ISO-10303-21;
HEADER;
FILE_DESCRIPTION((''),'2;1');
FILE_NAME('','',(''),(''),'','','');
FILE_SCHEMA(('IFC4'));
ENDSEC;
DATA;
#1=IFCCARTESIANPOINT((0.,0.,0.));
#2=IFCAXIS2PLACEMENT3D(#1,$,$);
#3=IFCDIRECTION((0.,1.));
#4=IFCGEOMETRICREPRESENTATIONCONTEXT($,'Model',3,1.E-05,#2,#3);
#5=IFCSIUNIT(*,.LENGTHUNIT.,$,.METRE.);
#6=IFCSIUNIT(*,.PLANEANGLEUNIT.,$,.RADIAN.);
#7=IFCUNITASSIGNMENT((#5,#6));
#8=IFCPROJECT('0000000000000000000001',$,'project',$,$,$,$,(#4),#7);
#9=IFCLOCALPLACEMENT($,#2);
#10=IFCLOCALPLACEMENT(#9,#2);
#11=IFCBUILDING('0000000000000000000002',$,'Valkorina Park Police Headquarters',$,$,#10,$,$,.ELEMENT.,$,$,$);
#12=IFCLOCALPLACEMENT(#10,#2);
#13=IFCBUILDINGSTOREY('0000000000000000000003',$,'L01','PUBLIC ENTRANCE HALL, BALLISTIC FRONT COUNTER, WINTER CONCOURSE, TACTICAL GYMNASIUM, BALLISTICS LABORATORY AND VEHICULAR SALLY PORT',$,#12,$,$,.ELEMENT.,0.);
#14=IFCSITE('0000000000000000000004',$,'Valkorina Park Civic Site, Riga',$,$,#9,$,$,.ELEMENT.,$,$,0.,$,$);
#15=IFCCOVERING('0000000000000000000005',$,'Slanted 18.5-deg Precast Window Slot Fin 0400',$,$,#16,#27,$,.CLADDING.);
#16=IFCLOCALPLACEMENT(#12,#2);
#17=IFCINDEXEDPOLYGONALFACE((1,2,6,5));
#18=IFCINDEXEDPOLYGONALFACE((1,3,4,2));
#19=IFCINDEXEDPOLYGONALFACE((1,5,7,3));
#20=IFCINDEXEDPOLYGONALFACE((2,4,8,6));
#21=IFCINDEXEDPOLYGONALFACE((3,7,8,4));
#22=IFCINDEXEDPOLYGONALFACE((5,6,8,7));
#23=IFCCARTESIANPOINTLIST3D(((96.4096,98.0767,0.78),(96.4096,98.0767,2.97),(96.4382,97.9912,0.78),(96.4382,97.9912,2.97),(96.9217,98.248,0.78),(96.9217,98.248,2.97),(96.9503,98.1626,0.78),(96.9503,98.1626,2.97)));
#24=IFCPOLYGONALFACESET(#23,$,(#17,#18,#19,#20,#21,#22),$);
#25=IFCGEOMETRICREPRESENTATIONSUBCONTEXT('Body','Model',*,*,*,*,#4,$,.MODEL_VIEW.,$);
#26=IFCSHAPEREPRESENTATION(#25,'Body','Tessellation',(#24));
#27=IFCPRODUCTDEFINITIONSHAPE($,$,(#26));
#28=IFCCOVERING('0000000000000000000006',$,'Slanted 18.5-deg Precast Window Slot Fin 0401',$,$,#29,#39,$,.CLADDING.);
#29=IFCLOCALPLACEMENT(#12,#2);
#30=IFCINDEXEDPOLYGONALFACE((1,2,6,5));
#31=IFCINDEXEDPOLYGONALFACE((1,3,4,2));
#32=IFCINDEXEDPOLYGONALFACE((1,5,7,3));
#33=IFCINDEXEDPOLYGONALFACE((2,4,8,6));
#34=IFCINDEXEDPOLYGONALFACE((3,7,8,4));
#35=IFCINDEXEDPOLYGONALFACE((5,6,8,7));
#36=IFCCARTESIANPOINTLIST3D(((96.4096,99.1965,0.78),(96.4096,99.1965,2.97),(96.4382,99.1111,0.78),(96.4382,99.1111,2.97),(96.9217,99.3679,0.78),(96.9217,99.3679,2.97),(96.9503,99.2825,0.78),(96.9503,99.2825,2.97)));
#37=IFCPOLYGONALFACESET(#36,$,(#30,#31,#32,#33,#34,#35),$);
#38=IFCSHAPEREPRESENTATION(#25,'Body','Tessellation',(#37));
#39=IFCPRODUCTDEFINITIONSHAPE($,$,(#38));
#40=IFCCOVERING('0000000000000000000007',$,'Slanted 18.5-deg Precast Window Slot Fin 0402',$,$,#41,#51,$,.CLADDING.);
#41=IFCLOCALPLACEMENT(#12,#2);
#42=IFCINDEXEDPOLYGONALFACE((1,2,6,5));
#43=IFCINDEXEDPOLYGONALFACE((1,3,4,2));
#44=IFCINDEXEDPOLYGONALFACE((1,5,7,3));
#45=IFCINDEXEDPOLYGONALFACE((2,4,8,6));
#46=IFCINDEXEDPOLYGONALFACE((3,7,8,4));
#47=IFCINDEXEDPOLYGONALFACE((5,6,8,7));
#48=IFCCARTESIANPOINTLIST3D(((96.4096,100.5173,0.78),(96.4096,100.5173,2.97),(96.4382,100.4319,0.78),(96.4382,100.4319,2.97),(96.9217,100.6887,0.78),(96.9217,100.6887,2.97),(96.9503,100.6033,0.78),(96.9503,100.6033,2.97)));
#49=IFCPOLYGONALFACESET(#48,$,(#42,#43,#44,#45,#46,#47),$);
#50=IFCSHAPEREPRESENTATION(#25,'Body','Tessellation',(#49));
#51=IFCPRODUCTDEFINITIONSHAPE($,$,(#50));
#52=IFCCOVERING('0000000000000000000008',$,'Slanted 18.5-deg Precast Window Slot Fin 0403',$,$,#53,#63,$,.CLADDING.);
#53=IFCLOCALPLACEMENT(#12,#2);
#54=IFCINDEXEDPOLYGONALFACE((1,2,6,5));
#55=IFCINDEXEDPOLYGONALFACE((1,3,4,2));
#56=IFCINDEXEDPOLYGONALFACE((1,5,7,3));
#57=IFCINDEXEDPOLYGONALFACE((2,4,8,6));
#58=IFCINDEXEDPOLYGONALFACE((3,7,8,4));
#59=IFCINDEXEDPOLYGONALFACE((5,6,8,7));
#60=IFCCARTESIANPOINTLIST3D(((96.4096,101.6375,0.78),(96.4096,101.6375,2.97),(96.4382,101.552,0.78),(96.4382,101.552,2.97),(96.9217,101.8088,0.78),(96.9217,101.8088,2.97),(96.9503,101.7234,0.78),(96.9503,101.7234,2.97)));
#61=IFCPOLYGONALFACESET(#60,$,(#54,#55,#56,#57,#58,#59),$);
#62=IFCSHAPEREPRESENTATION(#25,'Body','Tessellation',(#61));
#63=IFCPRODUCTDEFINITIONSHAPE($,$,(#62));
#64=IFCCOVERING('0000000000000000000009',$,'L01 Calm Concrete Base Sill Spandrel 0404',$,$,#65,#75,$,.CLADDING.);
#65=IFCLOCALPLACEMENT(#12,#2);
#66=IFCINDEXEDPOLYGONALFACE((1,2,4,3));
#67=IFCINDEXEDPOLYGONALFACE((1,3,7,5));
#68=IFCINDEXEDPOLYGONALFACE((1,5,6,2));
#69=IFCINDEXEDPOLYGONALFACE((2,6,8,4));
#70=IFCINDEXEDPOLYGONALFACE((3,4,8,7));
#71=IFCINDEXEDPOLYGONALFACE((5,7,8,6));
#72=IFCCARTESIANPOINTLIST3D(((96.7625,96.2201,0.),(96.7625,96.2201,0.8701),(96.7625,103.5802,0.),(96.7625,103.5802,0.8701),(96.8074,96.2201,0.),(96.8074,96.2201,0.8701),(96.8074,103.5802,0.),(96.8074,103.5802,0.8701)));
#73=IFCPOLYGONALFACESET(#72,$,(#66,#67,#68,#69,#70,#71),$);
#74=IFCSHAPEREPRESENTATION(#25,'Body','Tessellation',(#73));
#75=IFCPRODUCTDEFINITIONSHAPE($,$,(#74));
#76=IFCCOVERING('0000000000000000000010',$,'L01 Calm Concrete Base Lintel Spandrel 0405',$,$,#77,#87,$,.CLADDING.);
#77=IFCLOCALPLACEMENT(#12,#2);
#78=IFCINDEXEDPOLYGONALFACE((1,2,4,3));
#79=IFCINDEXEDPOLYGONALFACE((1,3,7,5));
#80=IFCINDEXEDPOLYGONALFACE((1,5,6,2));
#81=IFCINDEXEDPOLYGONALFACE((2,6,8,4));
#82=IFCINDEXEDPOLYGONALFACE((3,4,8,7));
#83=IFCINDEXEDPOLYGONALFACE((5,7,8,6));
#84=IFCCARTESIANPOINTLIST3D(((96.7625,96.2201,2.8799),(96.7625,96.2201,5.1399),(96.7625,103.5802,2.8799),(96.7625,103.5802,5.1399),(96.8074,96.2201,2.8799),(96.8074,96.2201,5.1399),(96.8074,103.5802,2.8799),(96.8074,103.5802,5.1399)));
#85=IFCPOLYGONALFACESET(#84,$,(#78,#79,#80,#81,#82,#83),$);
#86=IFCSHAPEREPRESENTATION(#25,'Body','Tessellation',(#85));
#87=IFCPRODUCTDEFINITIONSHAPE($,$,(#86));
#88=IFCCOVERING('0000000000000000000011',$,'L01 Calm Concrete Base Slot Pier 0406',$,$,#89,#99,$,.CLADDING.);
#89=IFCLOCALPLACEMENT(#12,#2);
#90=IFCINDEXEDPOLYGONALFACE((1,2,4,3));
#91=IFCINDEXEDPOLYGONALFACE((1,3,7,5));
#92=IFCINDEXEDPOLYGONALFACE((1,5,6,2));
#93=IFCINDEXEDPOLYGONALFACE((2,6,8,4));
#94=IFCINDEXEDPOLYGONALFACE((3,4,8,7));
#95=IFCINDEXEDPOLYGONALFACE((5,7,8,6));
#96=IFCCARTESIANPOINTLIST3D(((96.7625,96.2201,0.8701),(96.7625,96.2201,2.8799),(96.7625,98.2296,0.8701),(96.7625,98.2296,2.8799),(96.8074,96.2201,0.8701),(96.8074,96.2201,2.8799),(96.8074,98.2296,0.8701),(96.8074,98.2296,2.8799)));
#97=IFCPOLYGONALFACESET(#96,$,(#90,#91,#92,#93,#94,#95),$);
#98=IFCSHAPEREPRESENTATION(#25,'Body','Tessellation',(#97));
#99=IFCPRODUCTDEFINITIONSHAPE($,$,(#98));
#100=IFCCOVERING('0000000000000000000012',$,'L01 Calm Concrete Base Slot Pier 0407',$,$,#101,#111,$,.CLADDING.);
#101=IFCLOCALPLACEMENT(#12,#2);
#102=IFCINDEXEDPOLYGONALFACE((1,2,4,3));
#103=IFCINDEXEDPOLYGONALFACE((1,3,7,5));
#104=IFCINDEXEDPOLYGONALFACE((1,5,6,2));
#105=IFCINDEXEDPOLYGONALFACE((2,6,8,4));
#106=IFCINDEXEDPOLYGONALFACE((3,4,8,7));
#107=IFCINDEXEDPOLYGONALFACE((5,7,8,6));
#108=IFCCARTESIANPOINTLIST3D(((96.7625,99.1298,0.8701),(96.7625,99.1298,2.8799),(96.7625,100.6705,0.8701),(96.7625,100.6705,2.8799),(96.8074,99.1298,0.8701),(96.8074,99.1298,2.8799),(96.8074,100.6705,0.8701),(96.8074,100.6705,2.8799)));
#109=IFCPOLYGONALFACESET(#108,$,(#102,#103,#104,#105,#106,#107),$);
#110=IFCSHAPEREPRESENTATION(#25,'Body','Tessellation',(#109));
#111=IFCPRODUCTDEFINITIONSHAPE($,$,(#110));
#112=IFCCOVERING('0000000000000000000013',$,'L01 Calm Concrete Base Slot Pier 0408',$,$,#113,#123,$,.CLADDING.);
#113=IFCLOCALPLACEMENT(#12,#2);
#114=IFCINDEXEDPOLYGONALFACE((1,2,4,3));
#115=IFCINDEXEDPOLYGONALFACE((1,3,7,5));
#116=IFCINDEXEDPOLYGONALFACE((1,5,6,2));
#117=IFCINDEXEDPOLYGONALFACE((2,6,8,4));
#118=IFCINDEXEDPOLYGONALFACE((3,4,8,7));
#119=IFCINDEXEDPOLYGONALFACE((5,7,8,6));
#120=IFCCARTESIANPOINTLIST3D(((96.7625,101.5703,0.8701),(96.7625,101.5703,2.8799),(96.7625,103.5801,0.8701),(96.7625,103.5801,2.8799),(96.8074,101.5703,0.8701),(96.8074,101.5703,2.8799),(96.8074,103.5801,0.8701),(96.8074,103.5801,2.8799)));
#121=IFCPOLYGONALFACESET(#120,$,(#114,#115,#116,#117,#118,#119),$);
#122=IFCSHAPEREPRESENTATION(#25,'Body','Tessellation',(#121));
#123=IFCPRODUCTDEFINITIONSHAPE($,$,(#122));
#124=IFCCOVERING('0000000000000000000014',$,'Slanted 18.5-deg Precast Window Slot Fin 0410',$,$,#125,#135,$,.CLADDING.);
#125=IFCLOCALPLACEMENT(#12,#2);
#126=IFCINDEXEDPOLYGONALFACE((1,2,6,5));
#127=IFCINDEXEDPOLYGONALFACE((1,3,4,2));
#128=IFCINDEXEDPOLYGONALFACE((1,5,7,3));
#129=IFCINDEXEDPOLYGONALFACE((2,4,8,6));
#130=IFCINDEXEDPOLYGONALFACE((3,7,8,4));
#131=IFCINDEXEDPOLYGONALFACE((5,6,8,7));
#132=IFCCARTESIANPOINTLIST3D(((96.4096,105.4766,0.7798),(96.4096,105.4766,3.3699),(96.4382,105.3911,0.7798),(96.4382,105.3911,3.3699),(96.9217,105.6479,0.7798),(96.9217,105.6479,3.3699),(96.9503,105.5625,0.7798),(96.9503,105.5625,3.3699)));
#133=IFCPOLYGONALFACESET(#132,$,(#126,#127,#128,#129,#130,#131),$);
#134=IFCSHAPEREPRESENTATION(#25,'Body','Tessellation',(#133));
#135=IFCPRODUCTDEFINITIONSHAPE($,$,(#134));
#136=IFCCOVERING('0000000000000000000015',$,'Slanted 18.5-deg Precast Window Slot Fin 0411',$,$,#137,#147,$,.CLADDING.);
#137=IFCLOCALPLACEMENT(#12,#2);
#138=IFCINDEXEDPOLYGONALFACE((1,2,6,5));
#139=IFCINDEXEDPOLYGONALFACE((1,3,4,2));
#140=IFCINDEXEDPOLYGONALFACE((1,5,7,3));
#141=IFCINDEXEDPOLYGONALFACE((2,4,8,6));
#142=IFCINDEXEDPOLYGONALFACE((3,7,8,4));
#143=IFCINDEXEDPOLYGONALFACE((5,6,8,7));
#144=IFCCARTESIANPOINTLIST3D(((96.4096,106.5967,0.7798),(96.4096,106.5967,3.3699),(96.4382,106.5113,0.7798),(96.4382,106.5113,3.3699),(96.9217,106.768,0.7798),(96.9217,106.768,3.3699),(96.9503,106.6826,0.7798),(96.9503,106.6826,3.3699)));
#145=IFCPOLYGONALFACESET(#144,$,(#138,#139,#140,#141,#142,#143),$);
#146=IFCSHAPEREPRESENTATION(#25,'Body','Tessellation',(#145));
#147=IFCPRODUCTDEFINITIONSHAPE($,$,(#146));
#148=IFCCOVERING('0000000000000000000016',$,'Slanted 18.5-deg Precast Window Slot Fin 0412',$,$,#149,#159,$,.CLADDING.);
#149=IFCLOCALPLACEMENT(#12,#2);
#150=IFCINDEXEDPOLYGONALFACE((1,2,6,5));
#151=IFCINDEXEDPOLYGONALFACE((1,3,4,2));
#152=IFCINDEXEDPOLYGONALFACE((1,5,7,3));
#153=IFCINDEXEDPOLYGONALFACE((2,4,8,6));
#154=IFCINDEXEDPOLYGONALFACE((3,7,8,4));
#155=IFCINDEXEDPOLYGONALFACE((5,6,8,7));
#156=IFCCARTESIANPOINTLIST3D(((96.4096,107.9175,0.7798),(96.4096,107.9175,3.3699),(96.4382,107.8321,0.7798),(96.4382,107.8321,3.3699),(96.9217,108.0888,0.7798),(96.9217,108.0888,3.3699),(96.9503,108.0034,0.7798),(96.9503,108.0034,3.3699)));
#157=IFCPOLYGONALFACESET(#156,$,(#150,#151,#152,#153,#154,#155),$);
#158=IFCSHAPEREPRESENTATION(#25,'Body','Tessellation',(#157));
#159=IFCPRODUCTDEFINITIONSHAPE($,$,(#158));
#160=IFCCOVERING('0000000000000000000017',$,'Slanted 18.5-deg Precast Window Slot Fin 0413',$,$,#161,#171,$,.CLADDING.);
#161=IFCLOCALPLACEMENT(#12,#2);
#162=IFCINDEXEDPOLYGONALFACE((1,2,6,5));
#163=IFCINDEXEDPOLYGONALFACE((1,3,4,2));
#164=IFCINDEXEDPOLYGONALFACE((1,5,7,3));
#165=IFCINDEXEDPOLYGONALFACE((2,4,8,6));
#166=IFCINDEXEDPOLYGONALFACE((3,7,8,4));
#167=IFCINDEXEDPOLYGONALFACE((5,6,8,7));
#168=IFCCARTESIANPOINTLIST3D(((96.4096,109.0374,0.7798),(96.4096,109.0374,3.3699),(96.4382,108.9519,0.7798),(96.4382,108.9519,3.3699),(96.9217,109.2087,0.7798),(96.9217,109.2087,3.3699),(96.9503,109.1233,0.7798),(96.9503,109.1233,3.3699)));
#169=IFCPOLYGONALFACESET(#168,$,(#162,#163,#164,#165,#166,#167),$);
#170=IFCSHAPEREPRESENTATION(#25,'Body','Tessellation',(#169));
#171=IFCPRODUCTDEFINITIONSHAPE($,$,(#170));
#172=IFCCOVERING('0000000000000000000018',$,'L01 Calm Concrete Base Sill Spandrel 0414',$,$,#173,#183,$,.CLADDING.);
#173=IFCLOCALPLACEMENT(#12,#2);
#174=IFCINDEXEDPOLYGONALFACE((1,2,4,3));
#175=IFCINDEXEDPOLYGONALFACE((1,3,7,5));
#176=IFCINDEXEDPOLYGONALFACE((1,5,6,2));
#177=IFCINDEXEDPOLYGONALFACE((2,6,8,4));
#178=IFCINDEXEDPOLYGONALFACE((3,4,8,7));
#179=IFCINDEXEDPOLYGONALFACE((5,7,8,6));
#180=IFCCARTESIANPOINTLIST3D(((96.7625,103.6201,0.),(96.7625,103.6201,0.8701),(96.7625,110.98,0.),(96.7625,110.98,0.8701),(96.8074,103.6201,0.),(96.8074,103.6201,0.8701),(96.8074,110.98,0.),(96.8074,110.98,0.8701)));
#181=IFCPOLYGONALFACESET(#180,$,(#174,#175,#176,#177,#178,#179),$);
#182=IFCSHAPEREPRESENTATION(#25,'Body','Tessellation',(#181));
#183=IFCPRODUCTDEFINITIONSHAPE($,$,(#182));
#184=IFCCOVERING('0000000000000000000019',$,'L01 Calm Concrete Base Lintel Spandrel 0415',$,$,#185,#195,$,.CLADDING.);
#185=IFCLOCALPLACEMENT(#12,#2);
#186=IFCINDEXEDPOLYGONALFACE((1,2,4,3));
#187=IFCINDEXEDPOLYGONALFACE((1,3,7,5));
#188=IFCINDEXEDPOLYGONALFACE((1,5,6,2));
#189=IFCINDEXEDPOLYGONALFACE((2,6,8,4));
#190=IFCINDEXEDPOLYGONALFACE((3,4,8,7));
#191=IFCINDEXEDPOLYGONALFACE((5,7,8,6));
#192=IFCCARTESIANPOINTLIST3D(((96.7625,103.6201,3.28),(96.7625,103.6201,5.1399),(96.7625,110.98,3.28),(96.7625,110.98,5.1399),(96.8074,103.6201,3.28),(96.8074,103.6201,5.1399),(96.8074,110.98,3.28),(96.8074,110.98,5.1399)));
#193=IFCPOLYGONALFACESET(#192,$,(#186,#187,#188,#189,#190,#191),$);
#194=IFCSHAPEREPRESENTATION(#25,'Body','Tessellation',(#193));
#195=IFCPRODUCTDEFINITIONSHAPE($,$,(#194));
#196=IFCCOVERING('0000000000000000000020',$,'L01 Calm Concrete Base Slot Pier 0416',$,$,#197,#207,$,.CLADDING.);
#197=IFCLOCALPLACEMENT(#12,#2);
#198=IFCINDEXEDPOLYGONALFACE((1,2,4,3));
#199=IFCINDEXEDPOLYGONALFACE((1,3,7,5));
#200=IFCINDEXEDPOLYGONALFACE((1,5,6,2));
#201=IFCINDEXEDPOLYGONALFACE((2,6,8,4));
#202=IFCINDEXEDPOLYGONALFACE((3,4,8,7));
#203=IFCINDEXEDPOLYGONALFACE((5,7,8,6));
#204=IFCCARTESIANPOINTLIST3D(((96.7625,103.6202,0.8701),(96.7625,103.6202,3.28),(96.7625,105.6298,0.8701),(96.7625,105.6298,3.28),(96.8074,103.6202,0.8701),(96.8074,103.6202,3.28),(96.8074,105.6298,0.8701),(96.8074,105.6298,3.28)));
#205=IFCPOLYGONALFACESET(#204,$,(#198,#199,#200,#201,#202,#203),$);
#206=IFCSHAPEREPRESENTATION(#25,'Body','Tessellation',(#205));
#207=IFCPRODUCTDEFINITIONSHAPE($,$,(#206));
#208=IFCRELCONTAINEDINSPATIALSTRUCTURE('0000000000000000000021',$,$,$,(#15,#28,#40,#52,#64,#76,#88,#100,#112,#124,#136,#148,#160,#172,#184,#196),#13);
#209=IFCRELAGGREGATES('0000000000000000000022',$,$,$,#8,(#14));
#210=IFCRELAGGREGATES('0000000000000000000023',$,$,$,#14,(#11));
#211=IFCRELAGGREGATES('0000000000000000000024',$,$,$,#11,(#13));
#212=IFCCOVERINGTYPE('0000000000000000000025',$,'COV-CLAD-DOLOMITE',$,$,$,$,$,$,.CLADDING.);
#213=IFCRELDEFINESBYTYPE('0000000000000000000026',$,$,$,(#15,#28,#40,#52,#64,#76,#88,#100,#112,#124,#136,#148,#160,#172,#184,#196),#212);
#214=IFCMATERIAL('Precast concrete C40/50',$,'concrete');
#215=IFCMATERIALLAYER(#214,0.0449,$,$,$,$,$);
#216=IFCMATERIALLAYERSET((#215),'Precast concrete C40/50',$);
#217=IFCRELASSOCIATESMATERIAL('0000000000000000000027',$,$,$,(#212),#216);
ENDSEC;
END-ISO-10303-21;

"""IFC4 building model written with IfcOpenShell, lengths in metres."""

from ifc_helpers import new_model, si_unit, direction, frame, frame_2d, origin, origin_2d, place, context, subcontext, project, spatial, rectangle, extrude, material, layer, layer_set, type_object, element, save


model = new_model("IFC4")

# Units and contexts
model_context = context("Model", 3, precision=1e-05, world=origin(), true_north=direction((0.0, 1.0)))
body_context = subcontext(model_context, "Body", "Model", "MODEL_VIEW")
ifc_project = project(units=[si_unit("LENGTHUNIT", "METRE"), si_unit("PLANEANGLEUNIT", "RADIAN")], contexts=[model_context])

# Site, building, storey
site_placement = place(None, origin())
site = spatial("IfcSite", under=ifc_project, at=site_placement, Name="Valkorina Park Civic Site, Riga", CompositionType="ELEMENT", RefElevation=0.0)
building_placement = place(site_placement, origin())
building = spatial("IfcBuilding", under=site, at=building_placement, Name="Valkorina Park Police Headquarters", CompositionType="ELEMENT")
storey_placement = place(building_placement, origin())
storey = spatial("IfcBuildingStorey", under=building, at=storey_placement, Name="L01", Description="PUBLIC ENTRANCE HALL, BALLISTIC FRONT COUNTER, WINTER CONCOURSE, TACTICAL GYMNASIUM, BALLISTICS LABORATORY AND VEHICULAR SALLY PORT", CompositionType="ELEMENT", Elevation=0.0)

# Coverings
ifc_material_1 = material(Name="Precast concrete C40/50", Category="concrete")
ifc_layer = layer(ifc_material_1, 0.0449)
ifc_layer_set = layer_set([ifc_layer], Name="Precast concrete C40/50")
covering_type = type_object("IfcCoveringType", Name="COV-CLAD-DOLOMITE", PredefinedType="CLADDING", material=ifc_layer_set)
for number, where, z_axis, x_axis, name in (
    (1, (96.6799, 98.1196, 0.78), (0.0, 0.0, 1.0), (-0.948324, -0.317305, 0.0), "Slanted 18.5-deg Precast Window Slot Fin 0400"),
    (2, (96.6799, 99.2395, 0.78), (0.0, 0.0, 1.0), (-0.948324, -0.317305, 0.0), "Slanted 18.5-deg Precast Window Slot Fin 0401"),
    (3, (96.6799, 100.5603, 0.78), (0.0, 0.0, 1.0), (-0.948324, -0.317305, 0.0), "Slanted 18.5-deg Precast Window Slot Fin 0402"),
    (4, (96.6799, 101.6804, 0.78), (0.0, 0.0, 1.0), (-0.948324, -0.317305, 0.0), "Slanted 18.5-deg Precast Window Slot Fin 0403"),
):
    element("IfcCovering", number, at=place(storey_placement, frame(where, z_axis=z_axis, x_axis=x_axis)), inside=storey, type_object=covering_type, Name=name, PredefinedType="CLADDING", context=body_context, shape_type="SweptSolid", body=[
        extrude(rectangle(XDim=0.54, YDim=0.0901, at=origin_2d()), origin(), (0.0, 0.0, 1.0), 2.1899),
    ])
covering_1_placement = place(storey_placement, frame((96.7849, 96.22, 0.0), z_axis=(0.0, 0.0, 1.0), x_axis=(0.0, 1.0, 0.0)))
element("IfcCovering", 5, at=covering_1_placement, inside=storey, type_object=covering_type, Name="L01 Calm Concrete Base Sill Spandrel 0404", PredefinedType="CLADDING", context=body_context, shape_type="SweptSolid", body=[
    extrude(rectangle(XDim=7.3601, YDim=0.0449, at=frame_2d((3.6802, 0.0))), origin(), (0.0, 0.0, 1.0), 0.8701),
])
covering_2_placement = place(storey_placement, frame((96.7849, 96.22, 2.8799), z_axis=(0.0, 0.0, 1.0), x_axis=(0.0, 1.0, 0.0)))
element("IfcCovering", 6, at=covering_2_placement, inside=storey, type_object=covering_type, Name="L01 Calm Concrete Base Lintel Spandrel 0405", PredefinedType="CLADDING", context=body_context, shape_type="SweptSolid", body=[
    extrude(rectangle(XDim=7.3601, YDim=0.0449, at=frame_2d((3.6802, 0.0))), origin(), (0.0, 0.0, 1.0), 2.26),
])
covering_3_placement = place(storey_placement, frame((96.7849, 96.22, 0.8701), z_axis=(0.0, 0.0, 1.0), x_axis=(0.0, 1.0, 0.0)))
element("IfcCovering", 7, at=covering_3_placement, inside=storey, type_object=covering_type, Name="L01 Calm Concrete Base Slot Pier 0406", PredefinedType="CLADDING", context=body_context, shape_type="SweptSolid", body=[
    extrude(rectangle(XDim=2.0095, YDim=0.0449, at=frame_2d((1.0049, 0.0))), origin(), (0.0, 0.0, 1.0), 2.0098),
])
covering_4_placement = place(storey_placement, frame((96.7849, 99.1296, 0.8701), z_axis=(0.0, 0.0, 1.0), x_axis=(0.0, 1.0, 0.0)))
element("IfcCovering", 8, at=covering_4_placement, inside=storey, type_object=covering_type, Name="L01 Calm Concrete Base Slot Pier 0407", PredefinedType="CLADDING", context=body_context, shape_type="SweptSolid", body=[
    extrude(rectangle(XDim=1.5408, YDim=0.0449, at=frame_2d((0.7705, 0.0))), origin(), (0.0, 0.0, 1.0), 2.0098),
])
covering_5_placement = place(storey_placement, frame((96.7849, 101.5703, 0.8701), z_axis=(0.0, 0.0, 1.0), x_axis=(0.0, 1.0, 0.0)))
element("IfcCovering", 9, at=covering_5_placement, inside=storey, type_object=covering_type, Name="L01 Calm Concrete Base Slot Pier 0408", PredefinedType="CLADDING", context=body_context, shape_type="SweptSolid", body=[
    extrude(rectangle(XDim=2.0098, YDim=0.0449, at=frame_2d((1.0049, 0.0))), origin(), (0.0, 0.0, 1.0), 2.0098),
])
for number, where, z_axis, x_axis, name in (
    (10, (96.6799, 105.5195, 0.7798), (0.0, 0.0, 1.0), (-0.948324, -0.317305, 0.0), "Slanted 18.5-deg Precast Window Slot Fin 0410"),
    (11, (96.6799, 106.6396, 0.7798), (0.0, 0.0, 1.0), (-0.948324, -0.317305, 0.0), "Slanted 18.5-deg Precast Window Slot Fin 0411"),
    (12, (96.6799, 107.9604, 0.7798), (0.0, 0.0, 1.0), (-0.948324, -0.317305, 0.0), "Slanted 18.5-deg Precast Window Slot Fin 0412"),
    (13, (96.6799, 109.0803, 0.7798), (0.0, 0.0, 1.0), (-0.948324, -0.317305, 0.0), "Slanted 18.5-deg Precast Window Slot Fin 0413"),
):
    element("IfcCovering", number, at=place(storey_placement, frame(where, z_axis=z_axis, x_axis=x_axis)), inside=storey, type_object=covering_type, Name=name, PredefinedType="CLADDING", context=body_context, shape_type="SweptSolid", body=[
        extrude(rectangle(XDim=0.54, YDim=0.0901, at=origin_2d()), origin(), (0.0, 0.0, 1.0), 2.5901),
    ])
covering_6_placement = place(storey_placement, frame((96.7849, 103.6201, 0.0), z_axis=(0.0, 0.0, 1.0), x_axis=(0.0, 1.0, 0.0)))
element("IfcCovering", 14, at=covering_6_placement, inside=storey, type_object=covering_type, Name="L01 Calm Concrete Base Sill Spandrel 0414", PredefinedType="CLADDING", context=body_context, shape_type="SweptSolid", body=[
    extrude(rectangle(XDim=7.3599, YDim=0.0449, at=frame_2d((3.6799, 0.0))), origin(), (0.0, 0.0, 1.0), 0.8701),
])
covering_7_placement = place(storey_placement, frame((96.7849, 103.6201, 3.28), z_axis=(0.0, 0.0, 1.0), x_axis=(0.0, 1.0, 0.0)))
element("IfcCovering", 15, at=covering_7_placement, inside=storey, type_object=covering_type, Name="L01 Calm Concrete Base Lintel Spandrel 0415", PredefinedType="CLADDING", context=body_context, shape_type="SweptSolid", body=[
    extrude(rectangle(XDim=7.3599, YDim=0.0449, at=frame_2d((3.6799, 0.0))), origin(), (0.0, 0.0, 1.0), 1.8599),
])
covering_8_placement = place(storey_placement, frame((96.7849, 103.6201, 0.8701), z_axis=(0.0, 0.0, 1.0), x_axis=(0.0, 1.0, 0.0)))
element("IfcCovering", 16, at=covering_8_placement, inside=storey, type_object=covering_type, Name="L01 Calm Concrete Base Slot Pier 0416", PredefinedType="CLADDING", context=body_context, shape_type="SweptSolid", body=[
    extrude(rectangle(XDim=2.0095, YDim=0.0449, at=frame_2d((1.0049, 0.0))), origin(), (0.0, 0.0, 1.0), 2.4099),
])

save(model, "model.ifc")
